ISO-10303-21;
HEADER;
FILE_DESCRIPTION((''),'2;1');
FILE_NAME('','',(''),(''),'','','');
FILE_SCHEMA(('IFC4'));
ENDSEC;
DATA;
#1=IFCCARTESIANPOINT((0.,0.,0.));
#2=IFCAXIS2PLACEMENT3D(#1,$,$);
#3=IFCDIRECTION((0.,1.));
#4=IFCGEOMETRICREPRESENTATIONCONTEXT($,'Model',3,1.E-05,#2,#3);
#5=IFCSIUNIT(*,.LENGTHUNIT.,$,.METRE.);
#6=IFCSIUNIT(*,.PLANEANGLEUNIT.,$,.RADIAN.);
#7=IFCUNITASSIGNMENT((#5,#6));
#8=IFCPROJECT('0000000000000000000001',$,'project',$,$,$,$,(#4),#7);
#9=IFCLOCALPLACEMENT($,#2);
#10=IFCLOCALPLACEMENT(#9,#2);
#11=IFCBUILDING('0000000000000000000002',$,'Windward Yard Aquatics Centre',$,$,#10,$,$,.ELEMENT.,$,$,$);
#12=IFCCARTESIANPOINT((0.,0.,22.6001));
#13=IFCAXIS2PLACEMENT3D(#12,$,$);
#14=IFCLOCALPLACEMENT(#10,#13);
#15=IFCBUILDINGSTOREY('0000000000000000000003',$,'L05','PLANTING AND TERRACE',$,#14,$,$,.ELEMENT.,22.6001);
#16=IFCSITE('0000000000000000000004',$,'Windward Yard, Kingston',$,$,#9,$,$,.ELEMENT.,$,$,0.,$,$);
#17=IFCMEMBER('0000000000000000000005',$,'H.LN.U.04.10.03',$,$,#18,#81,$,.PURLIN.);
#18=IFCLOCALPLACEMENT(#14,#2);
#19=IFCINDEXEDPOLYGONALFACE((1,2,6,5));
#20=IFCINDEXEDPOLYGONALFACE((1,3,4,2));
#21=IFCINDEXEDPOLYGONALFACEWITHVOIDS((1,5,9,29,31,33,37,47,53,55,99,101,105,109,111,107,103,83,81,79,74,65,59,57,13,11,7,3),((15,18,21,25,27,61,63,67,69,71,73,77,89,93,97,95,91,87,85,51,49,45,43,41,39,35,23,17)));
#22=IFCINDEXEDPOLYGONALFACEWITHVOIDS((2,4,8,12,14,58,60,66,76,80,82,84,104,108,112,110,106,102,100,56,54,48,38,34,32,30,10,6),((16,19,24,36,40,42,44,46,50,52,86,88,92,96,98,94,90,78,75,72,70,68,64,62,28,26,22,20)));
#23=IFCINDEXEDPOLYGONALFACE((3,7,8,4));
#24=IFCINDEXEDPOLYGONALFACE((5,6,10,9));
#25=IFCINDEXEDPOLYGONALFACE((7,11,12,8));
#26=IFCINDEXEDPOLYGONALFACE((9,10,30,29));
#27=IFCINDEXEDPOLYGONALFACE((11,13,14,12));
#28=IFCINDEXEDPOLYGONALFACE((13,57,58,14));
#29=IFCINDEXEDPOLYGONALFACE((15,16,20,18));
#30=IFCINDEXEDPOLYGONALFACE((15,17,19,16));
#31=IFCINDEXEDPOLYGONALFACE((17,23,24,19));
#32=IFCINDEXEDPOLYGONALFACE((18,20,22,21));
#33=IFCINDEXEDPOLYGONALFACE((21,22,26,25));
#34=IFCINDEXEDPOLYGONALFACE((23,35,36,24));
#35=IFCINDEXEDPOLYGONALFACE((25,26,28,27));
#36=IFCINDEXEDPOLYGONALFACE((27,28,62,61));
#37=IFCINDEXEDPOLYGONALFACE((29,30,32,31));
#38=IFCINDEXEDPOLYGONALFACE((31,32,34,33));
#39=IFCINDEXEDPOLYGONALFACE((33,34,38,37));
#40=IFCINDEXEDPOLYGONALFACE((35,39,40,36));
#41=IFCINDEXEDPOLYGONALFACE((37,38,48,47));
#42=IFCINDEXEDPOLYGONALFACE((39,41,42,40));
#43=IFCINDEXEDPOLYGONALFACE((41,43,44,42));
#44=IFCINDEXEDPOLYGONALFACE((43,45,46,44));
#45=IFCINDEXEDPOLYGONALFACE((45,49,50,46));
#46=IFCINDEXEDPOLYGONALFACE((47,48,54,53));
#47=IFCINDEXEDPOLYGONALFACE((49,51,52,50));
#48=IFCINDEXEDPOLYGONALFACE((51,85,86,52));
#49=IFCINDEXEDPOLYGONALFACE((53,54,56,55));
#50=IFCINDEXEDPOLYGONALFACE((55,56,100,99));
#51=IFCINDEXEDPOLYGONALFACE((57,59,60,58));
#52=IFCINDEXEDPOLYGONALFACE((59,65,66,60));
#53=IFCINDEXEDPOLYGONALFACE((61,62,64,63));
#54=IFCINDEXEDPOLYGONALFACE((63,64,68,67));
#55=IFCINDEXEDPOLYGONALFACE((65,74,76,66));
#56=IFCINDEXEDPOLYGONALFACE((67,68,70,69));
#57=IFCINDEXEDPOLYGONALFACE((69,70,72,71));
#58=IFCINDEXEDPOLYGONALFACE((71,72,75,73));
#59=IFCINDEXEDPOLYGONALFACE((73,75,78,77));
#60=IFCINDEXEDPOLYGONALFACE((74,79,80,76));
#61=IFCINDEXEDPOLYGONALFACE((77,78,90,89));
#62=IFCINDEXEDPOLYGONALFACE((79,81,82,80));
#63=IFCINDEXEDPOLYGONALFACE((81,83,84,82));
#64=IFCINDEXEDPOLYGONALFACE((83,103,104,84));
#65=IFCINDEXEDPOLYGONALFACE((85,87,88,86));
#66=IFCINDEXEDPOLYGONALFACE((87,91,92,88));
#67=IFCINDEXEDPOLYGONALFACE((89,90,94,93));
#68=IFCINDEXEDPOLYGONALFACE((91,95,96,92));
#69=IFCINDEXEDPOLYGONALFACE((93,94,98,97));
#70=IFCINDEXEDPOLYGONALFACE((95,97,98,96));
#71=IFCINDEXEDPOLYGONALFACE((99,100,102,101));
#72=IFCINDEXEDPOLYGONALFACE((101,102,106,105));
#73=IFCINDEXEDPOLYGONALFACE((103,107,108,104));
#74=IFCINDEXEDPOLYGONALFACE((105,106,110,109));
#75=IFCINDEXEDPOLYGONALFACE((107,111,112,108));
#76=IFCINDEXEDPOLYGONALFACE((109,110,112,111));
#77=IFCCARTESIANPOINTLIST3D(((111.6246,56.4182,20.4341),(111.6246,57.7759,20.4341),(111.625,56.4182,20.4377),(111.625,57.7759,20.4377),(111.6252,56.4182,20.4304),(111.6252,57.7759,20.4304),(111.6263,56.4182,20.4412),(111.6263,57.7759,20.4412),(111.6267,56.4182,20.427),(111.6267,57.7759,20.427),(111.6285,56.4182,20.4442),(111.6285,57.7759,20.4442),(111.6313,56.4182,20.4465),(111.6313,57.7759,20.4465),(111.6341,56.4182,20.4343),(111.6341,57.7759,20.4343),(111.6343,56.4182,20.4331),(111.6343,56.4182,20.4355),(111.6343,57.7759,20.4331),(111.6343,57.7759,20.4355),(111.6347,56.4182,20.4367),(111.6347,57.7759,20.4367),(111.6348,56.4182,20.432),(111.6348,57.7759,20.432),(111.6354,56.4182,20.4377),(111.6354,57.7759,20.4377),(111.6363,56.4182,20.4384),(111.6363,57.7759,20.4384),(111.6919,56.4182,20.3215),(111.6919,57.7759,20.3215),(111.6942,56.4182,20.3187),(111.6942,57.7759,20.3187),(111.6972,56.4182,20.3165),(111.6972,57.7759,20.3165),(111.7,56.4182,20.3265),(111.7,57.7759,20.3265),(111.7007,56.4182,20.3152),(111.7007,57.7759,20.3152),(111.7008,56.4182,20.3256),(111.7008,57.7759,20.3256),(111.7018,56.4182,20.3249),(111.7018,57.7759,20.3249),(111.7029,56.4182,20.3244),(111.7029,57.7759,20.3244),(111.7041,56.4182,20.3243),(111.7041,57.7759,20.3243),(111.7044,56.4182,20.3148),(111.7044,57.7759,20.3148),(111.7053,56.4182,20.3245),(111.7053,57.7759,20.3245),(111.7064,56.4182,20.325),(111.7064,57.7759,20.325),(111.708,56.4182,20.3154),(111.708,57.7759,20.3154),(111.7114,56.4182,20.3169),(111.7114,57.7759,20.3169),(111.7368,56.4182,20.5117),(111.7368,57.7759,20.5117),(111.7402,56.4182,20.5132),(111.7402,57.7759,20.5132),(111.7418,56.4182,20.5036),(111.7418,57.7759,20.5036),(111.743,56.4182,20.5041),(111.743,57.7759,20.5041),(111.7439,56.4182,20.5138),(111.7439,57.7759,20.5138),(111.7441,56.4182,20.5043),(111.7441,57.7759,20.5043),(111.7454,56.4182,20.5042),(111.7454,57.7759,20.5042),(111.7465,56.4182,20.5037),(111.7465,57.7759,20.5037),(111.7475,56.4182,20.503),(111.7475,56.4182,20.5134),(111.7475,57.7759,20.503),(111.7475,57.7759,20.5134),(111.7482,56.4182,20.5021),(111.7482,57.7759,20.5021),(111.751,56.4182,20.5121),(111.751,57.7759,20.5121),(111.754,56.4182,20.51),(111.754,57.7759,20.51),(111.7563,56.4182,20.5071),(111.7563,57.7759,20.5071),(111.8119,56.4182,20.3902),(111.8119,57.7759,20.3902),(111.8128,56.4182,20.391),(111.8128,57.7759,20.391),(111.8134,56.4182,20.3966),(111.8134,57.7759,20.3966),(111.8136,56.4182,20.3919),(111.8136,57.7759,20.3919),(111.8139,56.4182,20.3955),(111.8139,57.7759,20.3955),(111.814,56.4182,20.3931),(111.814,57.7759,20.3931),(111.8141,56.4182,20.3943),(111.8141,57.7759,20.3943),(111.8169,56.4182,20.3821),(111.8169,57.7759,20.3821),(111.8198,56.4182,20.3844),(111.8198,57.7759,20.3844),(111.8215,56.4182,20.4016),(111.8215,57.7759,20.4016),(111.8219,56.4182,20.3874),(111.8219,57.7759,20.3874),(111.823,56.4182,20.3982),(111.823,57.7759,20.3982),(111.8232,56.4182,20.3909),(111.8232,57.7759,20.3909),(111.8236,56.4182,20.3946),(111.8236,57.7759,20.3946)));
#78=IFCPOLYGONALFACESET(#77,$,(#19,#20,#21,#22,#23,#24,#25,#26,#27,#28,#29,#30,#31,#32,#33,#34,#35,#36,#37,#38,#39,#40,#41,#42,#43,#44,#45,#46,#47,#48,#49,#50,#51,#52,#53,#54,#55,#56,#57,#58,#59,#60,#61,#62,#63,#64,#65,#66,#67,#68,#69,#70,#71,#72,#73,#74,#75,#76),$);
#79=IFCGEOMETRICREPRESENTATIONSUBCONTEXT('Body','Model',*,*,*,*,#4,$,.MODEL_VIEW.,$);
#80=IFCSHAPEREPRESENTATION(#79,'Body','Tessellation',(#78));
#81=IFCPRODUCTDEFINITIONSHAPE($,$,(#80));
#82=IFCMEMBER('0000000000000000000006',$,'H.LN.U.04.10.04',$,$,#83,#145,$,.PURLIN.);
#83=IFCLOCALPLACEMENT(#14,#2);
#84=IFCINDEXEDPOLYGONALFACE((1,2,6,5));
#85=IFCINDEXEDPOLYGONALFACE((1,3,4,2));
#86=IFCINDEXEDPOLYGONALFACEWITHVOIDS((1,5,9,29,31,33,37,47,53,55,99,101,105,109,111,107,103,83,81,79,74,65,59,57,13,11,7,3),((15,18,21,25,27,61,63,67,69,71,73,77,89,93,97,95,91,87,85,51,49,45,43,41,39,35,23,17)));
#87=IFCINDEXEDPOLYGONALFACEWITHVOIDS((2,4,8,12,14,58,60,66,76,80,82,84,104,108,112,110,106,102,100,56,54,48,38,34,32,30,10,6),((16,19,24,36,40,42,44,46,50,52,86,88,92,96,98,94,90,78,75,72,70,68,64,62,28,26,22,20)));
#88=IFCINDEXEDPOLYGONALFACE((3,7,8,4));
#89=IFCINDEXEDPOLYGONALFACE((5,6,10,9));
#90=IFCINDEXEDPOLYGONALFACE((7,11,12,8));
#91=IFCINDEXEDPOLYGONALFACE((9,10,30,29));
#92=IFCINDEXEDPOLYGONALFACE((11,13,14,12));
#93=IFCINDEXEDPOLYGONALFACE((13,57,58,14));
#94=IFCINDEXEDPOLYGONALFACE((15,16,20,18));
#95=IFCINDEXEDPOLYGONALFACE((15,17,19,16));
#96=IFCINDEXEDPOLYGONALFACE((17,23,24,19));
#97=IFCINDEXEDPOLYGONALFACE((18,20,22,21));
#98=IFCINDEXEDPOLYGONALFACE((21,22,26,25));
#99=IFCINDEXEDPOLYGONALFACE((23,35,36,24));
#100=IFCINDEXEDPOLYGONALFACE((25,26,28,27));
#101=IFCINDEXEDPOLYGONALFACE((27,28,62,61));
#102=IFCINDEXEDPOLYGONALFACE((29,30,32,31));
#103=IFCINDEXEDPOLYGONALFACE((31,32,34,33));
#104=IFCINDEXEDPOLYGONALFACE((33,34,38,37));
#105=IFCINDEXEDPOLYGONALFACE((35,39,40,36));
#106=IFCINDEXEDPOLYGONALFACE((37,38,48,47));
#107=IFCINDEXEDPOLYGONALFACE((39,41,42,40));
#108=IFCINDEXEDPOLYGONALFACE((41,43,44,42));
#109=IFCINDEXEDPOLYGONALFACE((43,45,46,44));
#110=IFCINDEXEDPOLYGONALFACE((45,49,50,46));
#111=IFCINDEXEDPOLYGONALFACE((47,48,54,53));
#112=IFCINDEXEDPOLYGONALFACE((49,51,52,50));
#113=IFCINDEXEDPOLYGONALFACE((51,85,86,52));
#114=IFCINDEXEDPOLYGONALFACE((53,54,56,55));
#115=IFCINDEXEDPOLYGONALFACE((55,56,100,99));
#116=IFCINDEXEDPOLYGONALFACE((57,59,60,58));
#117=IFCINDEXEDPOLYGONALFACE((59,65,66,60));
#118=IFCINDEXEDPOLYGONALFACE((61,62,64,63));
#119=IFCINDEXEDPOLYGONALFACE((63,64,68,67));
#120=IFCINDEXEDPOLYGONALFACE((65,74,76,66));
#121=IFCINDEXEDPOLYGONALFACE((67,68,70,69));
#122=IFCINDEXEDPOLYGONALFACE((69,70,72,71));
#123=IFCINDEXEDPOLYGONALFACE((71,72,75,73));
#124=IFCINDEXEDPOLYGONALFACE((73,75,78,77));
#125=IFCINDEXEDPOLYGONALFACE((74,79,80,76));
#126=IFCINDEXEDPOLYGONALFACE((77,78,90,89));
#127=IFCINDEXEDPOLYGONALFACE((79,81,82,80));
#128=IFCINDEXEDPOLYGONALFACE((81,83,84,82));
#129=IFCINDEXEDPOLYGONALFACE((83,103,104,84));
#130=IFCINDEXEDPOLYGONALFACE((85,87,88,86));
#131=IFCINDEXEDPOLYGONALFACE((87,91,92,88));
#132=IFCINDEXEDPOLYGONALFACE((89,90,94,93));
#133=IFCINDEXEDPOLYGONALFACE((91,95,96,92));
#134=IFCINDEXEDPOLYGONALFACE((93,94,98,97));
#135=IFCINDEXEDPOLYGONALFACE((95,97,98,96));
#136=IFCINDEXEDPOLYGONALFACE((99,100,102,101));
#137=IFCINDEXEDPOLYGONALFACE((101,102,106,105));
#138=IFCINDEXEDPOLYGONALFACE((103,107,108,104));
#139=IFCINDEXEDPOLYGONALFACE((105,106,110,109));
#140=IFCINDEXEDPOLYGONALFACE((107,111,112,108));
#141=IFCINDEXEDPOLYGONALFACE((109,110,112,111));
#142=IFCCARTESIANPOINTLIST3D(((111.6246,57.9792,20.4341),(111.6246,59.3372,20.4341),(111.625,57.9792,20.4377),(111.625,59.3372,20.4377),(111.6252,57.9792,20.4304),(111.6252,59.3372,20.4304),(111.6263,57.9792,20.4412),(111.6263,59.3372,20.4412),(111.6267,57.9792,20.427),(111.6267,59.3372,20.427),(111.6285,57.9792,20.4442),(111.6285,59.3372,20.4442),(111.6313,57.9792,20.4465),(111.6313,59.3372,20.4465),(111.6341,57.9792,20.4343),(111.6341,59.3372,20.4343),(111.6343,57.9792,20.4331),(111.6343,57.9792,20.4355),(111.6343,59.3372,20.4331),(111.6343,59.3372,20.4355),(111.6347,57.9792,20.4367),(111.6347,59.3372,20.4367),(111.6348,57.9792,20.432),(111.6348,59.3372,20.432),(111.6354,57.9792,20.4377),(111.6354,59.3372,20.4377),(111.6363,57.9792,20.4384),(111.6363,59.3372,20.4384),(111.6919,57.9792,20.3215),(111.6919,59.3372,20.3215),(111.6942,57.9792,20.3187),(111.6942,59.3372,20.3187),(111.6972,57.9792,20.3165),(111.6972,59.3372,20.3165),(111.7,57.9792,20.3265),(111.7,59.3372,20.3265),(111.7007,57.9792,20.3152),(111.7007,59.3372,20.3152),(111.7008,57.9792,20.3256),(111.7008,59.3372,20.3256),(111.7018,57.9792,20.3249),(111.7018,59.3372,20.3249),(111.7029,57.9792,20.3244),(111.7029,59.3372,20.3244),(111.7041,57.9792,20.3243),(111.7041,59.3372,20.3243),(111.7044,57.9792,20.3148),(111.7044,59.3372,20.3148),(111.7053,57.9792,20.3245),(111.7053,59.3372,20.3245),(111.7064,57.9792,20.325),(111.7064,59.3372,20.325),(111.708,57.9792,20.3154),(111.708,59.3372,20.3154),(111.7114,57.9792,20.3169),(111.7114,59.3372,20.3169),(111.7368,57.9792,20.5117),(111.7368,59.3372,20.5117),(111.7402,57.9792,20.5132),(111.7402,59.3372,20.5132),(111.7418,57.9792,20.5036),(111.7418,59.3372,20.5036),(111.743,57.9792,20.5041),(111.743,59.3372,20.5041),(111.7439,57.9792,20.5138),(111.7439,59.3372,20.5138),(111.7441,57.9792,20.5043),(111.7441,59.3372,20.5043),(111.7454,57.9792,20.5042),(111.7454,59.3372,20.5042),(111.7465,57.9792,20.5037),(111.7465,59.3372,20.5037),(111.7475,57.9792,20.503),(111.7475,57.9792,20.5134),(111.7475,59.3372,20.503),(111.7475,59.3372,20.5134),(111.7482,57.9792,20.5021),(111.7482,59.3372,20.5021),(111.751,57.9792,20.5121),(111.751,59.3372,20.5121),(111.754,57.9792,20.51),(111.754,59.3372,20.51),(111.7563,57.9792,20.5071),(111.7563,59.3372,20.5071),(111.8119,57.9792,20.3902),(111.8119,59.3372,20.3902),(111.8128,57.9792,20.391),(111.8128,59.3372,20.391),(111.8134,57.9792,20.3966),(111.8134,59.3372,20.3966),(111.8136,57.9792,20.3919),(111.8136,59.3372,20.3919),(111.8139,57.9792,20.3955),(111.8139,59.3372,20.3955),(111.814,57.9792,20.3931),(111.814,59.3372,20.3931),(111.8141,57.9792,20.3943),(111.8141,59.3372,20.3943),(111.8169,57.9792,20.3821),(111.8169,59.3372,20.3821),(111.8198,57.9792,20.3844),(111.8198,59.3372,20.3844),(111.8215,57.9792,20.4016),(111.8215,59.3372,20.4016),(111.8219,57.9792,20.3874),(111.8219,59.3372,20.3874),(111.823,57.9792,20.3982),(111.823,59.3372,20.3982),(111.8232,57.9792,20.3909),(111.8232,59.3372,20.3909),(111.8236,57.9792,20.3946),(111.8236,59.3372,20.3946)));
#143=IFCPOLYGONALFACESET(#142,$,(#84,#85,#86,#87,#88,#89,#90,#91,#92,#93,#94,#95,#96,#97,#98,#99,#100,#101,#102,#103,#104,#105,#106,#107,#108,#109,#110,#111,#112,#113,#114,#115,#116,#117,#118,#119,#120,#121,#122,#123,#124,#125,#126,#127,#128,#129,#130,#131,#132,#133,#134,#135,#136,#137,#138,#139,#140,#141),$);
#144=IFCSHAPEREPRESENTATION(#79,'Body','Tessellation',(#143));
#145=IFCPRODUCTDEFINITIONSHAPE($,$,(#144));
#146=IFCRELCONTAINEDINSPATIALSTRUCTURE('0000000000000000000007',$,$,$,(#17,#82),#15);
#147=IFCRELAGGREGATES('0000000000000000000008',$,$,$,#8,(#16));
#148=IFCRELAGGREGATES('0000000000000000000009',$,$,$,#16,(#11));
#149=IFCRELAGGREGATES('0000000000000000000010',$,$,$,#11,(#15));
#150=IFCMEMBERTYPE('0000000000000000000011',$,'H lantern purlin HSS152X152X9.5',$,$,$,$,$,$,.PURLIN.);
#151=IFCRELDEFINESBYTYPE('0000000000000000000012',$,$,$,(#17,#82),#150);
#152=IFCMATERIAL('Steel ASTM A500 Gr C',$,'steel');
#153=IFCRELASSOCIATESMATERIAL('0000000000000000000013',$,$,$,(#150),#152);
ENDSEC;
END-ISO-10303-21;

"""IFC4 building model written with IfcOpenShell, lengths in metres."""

from ifc_helpers import new_model, si_unit, direction, frame, origin, origin_2d, place, context, subcontext, project, spatial, hollow_rectangle, extrude, material, material_profile, profile_set, type_object, element, save


model = new_model("IFC4")

# Units and contexts
model_context = context("Model", 3, precision=1e-05, world=origin(), true_north=direction((0.0, 1.0)))
body_context = subcontext(model_context, "Body", "Model", "MODEL_VIEW")
ifc_project = project(units=[si_unit("LENGTHUNIT", "METRE"), si_unit("PLANEANGLEUNIT", "RADIAN")], contexts=[model_context])

# Site, building, storey
site_placement = place(None, origin())
site = spatial("IfcSite", under=ifc_project, at=site_placement, Name="Windward Yard, Kingston", CompositionType="ELEMENT", RefElevation=0.0)
building_placement = place(site_placement, origin())
building = spatial("IfcBuilding", under=site, at=building_placement, Name="Windward Yard Aquatics Centre", CompositionType="ELEMENT")
storey_placement = place(building_placement, frame((0.0, 0.0, 22.6001)))
storey = spatial("IfcBuildingStorey", under=building, at=storey_placement, Name="L05", Description="PLANTING AND TERRACE", CompositionType="ELEMENT", Elevation=22.6001)

# Members
ifc_material_1 = material(Name="Steel ASTM A500 Gr C", Category="steel")
ifc_material_profile = material_profile(ifc_material_1, hollow_rectangle(XDim=0.1523, YDim=0.1523, WallThickness=0.0095, InnerFilletRadius=0.0046, OuterFilletRadius=0.0142, at=origin_2d()), Name="HSS152X152X9.5")
ifc_profile_set = profile_set([ifc_material_profile], Name="Steel ASTM A500 Gr C")
member_type = type_object("IfcMemberType", Name="H lantern purlin HSS152X152X9.5", PredefinedType="PURLIN", material=ifc_profile_set)
member_1_placement = place(storey_placement, frame((111.7241, 56.4182, 20.4143), z_axis=(0.0, 1.0, 0.0), x_axis=(-0.850755, 0.0, -0.525562)))
element("IfcMember", 1, at=member_1_placement, inside=storey, type_object=member_type, Name="H.LN.U.04.10.03", PredefinedType="PURLIN", context=body_context, shape_type="SweptSolid", body=[
    extrude(hollow_rectangle(XDim=0.1523, YDim=0.1523, WallThickness=0.0095, InnerFilletRadius=0.0046, OuterFilletRadius=0.0142, at=origin_2d()), origin(), (0.0, 0.0, 1.0), 1.3577),
])
member_2_placement = place(storey_placement, frame((111.7241, 57.9792, 20.4143), z_axis=(0.0, 1.0, 0.0), x_axis=(-0.850755, 0.0, -0.525562)))
element("IfcMember", 2, at=member_2_placement, inside=storey, type_object=member_type, Name="H.LN.U.04.10.04", PredefinedType="PURLIN", context=body_context, shape_type="SweptSolid", body=[
    extrude(hollow_rectangle(XDim=0.1523, YDim=0.1523, WallThickness=0.0095, InnerFilletRadius=0.0046, OuterFilletRadius=0.0142, at=origin_2d()), origin(), (0.0, 0.0, 1.0), 1.3579),
])

save(model, "model.ifc")
